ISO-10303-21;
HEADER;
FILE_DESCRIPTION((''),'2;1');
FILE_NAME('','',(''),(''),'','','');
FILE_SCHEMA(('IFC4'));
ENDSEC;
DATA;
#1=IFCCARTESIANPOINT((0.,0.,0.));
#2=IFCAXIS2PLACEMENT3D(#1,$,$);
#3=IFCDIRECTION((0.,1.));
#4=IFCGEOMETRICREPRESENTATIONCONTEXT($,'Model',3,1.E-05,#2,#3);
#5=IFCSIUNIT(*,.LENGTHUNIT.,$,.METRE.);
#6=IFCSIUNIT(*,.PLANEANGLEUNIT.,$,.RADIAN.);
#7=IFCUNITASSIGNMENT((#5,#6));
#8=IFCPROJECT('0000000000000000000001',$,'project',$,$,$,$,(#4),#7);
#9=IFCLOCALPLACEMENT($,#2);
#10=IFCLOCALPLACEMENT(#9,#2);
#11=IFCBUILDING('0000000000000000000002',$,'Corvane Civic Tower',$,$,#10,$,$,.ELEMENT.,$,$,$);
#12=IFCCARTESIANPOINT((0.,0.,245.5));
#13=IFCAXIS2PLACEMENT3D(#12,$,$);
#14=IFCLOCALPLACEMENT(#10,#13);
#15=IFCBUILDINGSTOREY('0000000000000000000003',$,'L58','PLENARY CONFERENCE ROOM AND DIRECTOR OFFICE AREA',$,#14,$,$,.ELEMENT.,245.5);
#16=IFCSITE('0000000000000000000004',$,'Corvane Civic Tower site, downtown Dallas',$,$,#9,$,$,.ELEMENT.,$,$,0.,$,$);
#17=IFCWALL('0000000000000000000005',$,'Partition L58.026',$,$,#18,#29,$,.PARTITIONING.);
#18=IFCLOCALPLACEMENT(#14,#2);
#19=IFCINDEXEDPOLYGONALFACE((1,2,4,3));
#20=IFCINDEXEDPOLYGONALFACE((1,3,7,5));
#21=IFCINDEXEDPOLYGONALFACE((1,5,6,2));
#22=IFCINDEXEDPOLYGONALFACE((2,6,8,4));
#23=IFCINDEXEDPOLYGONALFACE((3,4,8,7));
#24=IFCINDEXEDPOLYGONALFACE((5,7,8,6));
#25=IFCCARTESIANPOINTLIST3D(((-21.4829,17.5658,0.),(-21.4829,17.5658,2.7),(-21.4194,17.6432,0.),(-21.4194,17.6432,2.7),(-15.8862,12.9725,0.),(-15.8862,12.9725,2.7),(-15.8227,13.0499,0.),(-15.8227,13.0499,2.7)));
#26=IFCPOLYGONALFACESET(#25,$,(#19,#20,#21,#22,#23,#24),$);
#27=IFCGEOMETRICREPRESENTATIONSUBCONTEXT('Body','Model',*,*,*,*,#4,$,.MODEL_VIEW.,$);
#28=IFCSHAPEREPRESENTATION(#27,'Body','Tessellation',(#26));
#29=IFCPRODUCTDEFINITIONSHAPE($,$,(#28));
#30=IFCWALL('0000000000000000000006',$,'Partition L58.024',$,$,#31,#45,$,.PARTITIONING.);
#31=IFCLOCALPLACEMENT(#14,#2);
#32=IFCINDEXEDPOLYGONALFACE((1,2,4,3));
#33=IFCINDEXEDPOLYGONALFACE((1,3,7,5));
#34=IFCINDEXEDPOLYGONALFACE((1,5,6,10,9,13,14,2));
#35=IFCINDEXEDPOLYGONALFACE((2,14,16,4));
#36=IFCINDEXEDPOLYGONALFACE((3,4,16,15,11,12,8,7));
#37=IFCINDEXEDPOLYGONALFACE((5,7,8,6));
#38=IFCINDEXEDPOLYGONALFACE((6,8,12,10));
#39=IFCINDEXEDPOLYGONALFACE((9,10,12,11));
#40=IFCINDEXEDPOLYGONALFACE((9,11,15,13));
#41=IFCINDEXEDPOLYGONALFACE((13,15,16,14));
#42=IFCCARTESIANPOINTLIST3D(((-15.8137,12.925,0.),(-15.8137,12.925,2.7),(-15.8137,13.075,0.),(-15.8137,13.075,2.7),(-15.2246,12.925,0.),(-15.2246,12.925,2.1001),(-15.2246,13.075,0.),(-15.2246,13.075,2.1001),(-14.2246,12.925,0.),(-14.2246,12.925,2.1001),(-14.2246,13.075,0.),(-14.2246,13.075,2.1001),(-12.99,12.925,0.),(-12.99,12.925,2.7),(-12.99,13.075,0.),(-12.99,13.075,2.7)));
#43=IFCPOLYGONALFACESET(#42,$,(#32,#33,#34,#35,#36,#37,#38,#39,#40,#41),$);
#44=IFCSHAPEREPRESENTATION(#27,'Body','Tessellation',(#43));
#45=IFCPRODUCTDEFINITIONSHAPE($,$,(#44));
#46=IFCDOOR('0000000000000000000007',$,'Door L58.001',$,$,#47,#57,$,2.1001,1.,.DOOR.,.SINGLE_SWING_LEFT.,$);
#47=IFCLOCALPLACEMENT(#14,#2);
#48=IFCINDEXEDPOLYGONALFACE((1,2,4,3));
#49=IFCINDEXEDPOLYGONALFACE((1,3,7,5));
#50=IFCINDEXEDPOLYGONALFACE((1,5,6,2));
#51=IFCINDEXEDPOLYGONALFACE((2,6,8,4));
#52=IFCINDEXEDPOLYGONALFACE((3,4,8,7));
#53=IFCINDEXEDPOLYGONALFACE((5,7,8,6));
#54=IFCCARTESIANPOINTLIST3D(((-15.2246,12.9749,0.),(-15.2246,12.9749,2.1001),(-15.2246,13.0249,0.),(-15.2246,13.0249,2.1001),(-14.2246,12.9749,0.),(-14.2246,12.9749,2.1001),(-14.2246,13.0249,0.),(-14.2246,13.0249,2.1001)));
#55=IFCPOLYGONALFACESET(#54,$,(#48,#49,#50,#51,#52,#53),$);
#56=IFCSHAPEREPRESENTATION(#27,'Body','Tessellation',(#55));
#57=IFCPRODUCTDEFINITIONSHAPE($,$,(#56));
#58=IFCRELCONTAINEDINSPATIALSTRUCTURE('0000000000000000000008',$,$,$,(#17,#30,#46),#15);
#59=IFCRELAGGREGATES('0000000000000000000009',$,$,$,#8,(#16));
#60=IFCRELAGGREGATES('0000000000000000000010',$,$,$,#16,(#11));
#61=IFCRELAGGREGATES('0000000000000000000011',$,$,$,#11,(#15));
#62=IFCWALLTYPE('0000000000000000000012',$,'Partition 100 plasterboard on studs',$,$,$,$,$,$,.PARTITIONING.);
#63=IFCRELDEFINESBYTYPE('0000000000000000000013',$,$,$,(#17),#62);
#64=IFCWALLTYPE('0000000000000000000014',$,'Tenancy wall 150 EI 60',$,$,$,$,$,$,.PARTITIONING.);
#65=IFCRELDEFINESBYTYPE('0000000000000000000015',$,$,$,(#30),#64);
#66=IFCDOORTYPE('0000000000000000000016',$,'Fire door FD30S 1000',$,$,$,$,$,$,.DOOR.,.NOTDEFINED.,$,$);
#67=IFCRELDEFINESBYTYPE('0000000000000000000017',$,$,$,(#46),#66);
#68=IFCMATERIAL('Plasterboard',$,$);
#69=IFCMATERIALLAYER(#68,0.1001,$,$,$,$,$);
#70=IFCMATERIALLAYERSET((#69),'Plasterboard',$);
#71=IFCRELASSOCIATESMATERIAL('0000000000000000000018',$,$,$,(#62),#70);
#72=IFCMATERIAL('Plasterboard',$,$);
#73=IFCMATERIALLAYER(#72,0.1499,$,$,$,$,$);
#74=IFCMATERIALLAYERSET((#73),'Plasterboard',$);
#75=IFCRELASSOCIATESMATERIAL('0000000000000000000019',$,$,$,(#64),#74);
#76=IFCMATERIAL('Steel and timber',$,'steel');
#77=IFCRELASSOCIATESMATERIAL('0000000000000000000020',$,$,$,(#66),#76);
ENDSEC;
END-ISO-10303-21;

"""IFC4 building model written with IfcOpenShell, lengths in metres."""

from ifc_helpers import new_model, si_unit, direction, frame, frame_2d, origin, place, context, subcontext, project, spatial, rectangle, extrude, material, layer, layer_set, type_object, element, fill, save


model = new_model("IFC4")

# Units and contexts
model_context = context("Model", 3, precision=1e-05, world=origin(), true_north=direction((0.0, 1.0)))
body_context = subcontext(model_context, "Body", "Model", "MODEL_VIEW")
ifc_project = project(units=[si_unit("LENGTHUNIT", "METRE"), si_unit("PLANEANGLEUNIT", "RADIAN")], contexts=[model_context])

# Site, building, storey
site_placement = place(None, origin())
site = spatial("IfcSite", under=ifc_project, at=site_placement, Name="Corvane Civic Tower site, downtown Dallas", CompositionType="ELEMENT", RefElevation=0.0)
building_placement = place(site_placement, origin())
building = spatial("IfcBuilding", under=site, at=building_placement, Name="Corvane Civic Tower", CompositionType="ELEMENT")
storey_placement = place(building_placement, frame((0.0, 0.0, 245.5)))
storey = spatial("IfcBuildingStorey", under=building, at=storey_placement, Name="L58", Description="PLENARY CONFERENCE ROOM AND DIRECTOR OFFICE AREA", CompositionType="ELEMENT", Elevation=245.5)

# Wall
ifc_material_1 = material(Name="Plasterboard")
ifc_layer_1 = layer(ifc_material_1, 0.1001)
ifc_layer_set_1 = layer_set([ifc_layer_1], Name="Plasterboard")
wall_type_1 = type_object("IfcWallType", Name="Partition 100 plasterboard on studs", PredefinedType="PARTITIONING", material=ifc_layer_set_1)
wall_1_placement = place(storey_placement, frame((-21.4512, 17.6045, 0.0), z_axis=(0.0, 0.0, 1.0), x_axis=(0.772998, -0.634409, 0.0)))
element("IfcWall", 1, at=wall_1_placement, inside=storey, type_object=wall_type_1, Name="Partition L58.026", PredefinedType="PARTITIONING", context=body_context, shape_type="SweptSolid", body=[
    extrude(rectangle(XDim=7.2402, YDim=0.1001, at=frame_2d((3.6201, 0.0))), origin(), (0.0, 0.0, 1.0), 2.7),
])

# Wall, opening, door
ifc_material_2 = material(Name="Plasterboard")
ifc_layer_2 = layer(ifc_material_2, 0.1499)
ifc_layer_set_2 = layer_set([ifc_layer_2], Name="Plasterboard")
wall_type_2 = type_object("IfcWallType", Name="Tenancy wall 150 EI 60", PredefinedType="PARTITIONING", material=ifc_layer_set_2)
wall_2_placement = place(storey_placement, frame((-15.8137, 13.0, 0.0), z_axis=(0.0, 0.0, 1.0), x_axis=(1.0, 0.0, 0.0)))
wall_2 = element("IfcWall", 2, at=wall_2_placement, inside=storey, type_object=wall_type_2, Name="Partition L58.024", PredefinedType="PARTITIONING", context=body_context, shape_type="SweptSolid", body=[
    extrude(rectangle(XDim=2.8237, YDim=0.1499, at=frame_2d((1.4119, 0.0))), origin(), (0.0, 0.0, 1.0), 2.7),
])
opening_placement = place(wall_2_placement, frame((0.5891, 0.0, 0.0)))
opening = element("IfcOpeningElement", 3, at=opening_placement, cuts=wall_2, PredefinedType="OPENING", context=body_context, shape_type="SweptSolid", body=[
    extrude(rectangle(XDim=1.0, YDim=2.1001, at=frame_2d((0.5, 1.05))), frame((0.0, 0.085, 0.0), z_axis=(0.0, -1.0, 0.0), x_axis=(1.0, 0.0, 0.0)), (0.0, 0.0, 1.0), 0.1699),
])
ifc_material_3 = material(Name="Steel and timber", Category="steel")
door_type = type_object("IfcDoorType", Name="Fire door FD30S 1000", OperationType="NOTDEFINED", PredefinedType="DOOR", material=ifc_material_3)
door_placement = place(opening_placement, origin())
door = element("IfcDoor", 4, at=door_placement, inside=storey, type_object=door_type, Name="Door L58.001", OperationType="SINGLE_SWING_LEFT", OverallHeight=2.1001, OverallWidth=1.0, PredefinedType="DOOR", context=body_context, shape_type="SweptSolid", body=[
    extrude(rectangle(XDim=1.0, YDim=2.1001, at=frame_2d((0.5, 1.05))), frame((0.0, 0.0249, 0.0), z_axis=(0.0, -1.0, 0.0), x_axis=(1.0, 0.0, 0.0)), (0.0, 0.0, 1.0), 0.05),
])
fill(opening, door)

save(model, "model.ifc")
